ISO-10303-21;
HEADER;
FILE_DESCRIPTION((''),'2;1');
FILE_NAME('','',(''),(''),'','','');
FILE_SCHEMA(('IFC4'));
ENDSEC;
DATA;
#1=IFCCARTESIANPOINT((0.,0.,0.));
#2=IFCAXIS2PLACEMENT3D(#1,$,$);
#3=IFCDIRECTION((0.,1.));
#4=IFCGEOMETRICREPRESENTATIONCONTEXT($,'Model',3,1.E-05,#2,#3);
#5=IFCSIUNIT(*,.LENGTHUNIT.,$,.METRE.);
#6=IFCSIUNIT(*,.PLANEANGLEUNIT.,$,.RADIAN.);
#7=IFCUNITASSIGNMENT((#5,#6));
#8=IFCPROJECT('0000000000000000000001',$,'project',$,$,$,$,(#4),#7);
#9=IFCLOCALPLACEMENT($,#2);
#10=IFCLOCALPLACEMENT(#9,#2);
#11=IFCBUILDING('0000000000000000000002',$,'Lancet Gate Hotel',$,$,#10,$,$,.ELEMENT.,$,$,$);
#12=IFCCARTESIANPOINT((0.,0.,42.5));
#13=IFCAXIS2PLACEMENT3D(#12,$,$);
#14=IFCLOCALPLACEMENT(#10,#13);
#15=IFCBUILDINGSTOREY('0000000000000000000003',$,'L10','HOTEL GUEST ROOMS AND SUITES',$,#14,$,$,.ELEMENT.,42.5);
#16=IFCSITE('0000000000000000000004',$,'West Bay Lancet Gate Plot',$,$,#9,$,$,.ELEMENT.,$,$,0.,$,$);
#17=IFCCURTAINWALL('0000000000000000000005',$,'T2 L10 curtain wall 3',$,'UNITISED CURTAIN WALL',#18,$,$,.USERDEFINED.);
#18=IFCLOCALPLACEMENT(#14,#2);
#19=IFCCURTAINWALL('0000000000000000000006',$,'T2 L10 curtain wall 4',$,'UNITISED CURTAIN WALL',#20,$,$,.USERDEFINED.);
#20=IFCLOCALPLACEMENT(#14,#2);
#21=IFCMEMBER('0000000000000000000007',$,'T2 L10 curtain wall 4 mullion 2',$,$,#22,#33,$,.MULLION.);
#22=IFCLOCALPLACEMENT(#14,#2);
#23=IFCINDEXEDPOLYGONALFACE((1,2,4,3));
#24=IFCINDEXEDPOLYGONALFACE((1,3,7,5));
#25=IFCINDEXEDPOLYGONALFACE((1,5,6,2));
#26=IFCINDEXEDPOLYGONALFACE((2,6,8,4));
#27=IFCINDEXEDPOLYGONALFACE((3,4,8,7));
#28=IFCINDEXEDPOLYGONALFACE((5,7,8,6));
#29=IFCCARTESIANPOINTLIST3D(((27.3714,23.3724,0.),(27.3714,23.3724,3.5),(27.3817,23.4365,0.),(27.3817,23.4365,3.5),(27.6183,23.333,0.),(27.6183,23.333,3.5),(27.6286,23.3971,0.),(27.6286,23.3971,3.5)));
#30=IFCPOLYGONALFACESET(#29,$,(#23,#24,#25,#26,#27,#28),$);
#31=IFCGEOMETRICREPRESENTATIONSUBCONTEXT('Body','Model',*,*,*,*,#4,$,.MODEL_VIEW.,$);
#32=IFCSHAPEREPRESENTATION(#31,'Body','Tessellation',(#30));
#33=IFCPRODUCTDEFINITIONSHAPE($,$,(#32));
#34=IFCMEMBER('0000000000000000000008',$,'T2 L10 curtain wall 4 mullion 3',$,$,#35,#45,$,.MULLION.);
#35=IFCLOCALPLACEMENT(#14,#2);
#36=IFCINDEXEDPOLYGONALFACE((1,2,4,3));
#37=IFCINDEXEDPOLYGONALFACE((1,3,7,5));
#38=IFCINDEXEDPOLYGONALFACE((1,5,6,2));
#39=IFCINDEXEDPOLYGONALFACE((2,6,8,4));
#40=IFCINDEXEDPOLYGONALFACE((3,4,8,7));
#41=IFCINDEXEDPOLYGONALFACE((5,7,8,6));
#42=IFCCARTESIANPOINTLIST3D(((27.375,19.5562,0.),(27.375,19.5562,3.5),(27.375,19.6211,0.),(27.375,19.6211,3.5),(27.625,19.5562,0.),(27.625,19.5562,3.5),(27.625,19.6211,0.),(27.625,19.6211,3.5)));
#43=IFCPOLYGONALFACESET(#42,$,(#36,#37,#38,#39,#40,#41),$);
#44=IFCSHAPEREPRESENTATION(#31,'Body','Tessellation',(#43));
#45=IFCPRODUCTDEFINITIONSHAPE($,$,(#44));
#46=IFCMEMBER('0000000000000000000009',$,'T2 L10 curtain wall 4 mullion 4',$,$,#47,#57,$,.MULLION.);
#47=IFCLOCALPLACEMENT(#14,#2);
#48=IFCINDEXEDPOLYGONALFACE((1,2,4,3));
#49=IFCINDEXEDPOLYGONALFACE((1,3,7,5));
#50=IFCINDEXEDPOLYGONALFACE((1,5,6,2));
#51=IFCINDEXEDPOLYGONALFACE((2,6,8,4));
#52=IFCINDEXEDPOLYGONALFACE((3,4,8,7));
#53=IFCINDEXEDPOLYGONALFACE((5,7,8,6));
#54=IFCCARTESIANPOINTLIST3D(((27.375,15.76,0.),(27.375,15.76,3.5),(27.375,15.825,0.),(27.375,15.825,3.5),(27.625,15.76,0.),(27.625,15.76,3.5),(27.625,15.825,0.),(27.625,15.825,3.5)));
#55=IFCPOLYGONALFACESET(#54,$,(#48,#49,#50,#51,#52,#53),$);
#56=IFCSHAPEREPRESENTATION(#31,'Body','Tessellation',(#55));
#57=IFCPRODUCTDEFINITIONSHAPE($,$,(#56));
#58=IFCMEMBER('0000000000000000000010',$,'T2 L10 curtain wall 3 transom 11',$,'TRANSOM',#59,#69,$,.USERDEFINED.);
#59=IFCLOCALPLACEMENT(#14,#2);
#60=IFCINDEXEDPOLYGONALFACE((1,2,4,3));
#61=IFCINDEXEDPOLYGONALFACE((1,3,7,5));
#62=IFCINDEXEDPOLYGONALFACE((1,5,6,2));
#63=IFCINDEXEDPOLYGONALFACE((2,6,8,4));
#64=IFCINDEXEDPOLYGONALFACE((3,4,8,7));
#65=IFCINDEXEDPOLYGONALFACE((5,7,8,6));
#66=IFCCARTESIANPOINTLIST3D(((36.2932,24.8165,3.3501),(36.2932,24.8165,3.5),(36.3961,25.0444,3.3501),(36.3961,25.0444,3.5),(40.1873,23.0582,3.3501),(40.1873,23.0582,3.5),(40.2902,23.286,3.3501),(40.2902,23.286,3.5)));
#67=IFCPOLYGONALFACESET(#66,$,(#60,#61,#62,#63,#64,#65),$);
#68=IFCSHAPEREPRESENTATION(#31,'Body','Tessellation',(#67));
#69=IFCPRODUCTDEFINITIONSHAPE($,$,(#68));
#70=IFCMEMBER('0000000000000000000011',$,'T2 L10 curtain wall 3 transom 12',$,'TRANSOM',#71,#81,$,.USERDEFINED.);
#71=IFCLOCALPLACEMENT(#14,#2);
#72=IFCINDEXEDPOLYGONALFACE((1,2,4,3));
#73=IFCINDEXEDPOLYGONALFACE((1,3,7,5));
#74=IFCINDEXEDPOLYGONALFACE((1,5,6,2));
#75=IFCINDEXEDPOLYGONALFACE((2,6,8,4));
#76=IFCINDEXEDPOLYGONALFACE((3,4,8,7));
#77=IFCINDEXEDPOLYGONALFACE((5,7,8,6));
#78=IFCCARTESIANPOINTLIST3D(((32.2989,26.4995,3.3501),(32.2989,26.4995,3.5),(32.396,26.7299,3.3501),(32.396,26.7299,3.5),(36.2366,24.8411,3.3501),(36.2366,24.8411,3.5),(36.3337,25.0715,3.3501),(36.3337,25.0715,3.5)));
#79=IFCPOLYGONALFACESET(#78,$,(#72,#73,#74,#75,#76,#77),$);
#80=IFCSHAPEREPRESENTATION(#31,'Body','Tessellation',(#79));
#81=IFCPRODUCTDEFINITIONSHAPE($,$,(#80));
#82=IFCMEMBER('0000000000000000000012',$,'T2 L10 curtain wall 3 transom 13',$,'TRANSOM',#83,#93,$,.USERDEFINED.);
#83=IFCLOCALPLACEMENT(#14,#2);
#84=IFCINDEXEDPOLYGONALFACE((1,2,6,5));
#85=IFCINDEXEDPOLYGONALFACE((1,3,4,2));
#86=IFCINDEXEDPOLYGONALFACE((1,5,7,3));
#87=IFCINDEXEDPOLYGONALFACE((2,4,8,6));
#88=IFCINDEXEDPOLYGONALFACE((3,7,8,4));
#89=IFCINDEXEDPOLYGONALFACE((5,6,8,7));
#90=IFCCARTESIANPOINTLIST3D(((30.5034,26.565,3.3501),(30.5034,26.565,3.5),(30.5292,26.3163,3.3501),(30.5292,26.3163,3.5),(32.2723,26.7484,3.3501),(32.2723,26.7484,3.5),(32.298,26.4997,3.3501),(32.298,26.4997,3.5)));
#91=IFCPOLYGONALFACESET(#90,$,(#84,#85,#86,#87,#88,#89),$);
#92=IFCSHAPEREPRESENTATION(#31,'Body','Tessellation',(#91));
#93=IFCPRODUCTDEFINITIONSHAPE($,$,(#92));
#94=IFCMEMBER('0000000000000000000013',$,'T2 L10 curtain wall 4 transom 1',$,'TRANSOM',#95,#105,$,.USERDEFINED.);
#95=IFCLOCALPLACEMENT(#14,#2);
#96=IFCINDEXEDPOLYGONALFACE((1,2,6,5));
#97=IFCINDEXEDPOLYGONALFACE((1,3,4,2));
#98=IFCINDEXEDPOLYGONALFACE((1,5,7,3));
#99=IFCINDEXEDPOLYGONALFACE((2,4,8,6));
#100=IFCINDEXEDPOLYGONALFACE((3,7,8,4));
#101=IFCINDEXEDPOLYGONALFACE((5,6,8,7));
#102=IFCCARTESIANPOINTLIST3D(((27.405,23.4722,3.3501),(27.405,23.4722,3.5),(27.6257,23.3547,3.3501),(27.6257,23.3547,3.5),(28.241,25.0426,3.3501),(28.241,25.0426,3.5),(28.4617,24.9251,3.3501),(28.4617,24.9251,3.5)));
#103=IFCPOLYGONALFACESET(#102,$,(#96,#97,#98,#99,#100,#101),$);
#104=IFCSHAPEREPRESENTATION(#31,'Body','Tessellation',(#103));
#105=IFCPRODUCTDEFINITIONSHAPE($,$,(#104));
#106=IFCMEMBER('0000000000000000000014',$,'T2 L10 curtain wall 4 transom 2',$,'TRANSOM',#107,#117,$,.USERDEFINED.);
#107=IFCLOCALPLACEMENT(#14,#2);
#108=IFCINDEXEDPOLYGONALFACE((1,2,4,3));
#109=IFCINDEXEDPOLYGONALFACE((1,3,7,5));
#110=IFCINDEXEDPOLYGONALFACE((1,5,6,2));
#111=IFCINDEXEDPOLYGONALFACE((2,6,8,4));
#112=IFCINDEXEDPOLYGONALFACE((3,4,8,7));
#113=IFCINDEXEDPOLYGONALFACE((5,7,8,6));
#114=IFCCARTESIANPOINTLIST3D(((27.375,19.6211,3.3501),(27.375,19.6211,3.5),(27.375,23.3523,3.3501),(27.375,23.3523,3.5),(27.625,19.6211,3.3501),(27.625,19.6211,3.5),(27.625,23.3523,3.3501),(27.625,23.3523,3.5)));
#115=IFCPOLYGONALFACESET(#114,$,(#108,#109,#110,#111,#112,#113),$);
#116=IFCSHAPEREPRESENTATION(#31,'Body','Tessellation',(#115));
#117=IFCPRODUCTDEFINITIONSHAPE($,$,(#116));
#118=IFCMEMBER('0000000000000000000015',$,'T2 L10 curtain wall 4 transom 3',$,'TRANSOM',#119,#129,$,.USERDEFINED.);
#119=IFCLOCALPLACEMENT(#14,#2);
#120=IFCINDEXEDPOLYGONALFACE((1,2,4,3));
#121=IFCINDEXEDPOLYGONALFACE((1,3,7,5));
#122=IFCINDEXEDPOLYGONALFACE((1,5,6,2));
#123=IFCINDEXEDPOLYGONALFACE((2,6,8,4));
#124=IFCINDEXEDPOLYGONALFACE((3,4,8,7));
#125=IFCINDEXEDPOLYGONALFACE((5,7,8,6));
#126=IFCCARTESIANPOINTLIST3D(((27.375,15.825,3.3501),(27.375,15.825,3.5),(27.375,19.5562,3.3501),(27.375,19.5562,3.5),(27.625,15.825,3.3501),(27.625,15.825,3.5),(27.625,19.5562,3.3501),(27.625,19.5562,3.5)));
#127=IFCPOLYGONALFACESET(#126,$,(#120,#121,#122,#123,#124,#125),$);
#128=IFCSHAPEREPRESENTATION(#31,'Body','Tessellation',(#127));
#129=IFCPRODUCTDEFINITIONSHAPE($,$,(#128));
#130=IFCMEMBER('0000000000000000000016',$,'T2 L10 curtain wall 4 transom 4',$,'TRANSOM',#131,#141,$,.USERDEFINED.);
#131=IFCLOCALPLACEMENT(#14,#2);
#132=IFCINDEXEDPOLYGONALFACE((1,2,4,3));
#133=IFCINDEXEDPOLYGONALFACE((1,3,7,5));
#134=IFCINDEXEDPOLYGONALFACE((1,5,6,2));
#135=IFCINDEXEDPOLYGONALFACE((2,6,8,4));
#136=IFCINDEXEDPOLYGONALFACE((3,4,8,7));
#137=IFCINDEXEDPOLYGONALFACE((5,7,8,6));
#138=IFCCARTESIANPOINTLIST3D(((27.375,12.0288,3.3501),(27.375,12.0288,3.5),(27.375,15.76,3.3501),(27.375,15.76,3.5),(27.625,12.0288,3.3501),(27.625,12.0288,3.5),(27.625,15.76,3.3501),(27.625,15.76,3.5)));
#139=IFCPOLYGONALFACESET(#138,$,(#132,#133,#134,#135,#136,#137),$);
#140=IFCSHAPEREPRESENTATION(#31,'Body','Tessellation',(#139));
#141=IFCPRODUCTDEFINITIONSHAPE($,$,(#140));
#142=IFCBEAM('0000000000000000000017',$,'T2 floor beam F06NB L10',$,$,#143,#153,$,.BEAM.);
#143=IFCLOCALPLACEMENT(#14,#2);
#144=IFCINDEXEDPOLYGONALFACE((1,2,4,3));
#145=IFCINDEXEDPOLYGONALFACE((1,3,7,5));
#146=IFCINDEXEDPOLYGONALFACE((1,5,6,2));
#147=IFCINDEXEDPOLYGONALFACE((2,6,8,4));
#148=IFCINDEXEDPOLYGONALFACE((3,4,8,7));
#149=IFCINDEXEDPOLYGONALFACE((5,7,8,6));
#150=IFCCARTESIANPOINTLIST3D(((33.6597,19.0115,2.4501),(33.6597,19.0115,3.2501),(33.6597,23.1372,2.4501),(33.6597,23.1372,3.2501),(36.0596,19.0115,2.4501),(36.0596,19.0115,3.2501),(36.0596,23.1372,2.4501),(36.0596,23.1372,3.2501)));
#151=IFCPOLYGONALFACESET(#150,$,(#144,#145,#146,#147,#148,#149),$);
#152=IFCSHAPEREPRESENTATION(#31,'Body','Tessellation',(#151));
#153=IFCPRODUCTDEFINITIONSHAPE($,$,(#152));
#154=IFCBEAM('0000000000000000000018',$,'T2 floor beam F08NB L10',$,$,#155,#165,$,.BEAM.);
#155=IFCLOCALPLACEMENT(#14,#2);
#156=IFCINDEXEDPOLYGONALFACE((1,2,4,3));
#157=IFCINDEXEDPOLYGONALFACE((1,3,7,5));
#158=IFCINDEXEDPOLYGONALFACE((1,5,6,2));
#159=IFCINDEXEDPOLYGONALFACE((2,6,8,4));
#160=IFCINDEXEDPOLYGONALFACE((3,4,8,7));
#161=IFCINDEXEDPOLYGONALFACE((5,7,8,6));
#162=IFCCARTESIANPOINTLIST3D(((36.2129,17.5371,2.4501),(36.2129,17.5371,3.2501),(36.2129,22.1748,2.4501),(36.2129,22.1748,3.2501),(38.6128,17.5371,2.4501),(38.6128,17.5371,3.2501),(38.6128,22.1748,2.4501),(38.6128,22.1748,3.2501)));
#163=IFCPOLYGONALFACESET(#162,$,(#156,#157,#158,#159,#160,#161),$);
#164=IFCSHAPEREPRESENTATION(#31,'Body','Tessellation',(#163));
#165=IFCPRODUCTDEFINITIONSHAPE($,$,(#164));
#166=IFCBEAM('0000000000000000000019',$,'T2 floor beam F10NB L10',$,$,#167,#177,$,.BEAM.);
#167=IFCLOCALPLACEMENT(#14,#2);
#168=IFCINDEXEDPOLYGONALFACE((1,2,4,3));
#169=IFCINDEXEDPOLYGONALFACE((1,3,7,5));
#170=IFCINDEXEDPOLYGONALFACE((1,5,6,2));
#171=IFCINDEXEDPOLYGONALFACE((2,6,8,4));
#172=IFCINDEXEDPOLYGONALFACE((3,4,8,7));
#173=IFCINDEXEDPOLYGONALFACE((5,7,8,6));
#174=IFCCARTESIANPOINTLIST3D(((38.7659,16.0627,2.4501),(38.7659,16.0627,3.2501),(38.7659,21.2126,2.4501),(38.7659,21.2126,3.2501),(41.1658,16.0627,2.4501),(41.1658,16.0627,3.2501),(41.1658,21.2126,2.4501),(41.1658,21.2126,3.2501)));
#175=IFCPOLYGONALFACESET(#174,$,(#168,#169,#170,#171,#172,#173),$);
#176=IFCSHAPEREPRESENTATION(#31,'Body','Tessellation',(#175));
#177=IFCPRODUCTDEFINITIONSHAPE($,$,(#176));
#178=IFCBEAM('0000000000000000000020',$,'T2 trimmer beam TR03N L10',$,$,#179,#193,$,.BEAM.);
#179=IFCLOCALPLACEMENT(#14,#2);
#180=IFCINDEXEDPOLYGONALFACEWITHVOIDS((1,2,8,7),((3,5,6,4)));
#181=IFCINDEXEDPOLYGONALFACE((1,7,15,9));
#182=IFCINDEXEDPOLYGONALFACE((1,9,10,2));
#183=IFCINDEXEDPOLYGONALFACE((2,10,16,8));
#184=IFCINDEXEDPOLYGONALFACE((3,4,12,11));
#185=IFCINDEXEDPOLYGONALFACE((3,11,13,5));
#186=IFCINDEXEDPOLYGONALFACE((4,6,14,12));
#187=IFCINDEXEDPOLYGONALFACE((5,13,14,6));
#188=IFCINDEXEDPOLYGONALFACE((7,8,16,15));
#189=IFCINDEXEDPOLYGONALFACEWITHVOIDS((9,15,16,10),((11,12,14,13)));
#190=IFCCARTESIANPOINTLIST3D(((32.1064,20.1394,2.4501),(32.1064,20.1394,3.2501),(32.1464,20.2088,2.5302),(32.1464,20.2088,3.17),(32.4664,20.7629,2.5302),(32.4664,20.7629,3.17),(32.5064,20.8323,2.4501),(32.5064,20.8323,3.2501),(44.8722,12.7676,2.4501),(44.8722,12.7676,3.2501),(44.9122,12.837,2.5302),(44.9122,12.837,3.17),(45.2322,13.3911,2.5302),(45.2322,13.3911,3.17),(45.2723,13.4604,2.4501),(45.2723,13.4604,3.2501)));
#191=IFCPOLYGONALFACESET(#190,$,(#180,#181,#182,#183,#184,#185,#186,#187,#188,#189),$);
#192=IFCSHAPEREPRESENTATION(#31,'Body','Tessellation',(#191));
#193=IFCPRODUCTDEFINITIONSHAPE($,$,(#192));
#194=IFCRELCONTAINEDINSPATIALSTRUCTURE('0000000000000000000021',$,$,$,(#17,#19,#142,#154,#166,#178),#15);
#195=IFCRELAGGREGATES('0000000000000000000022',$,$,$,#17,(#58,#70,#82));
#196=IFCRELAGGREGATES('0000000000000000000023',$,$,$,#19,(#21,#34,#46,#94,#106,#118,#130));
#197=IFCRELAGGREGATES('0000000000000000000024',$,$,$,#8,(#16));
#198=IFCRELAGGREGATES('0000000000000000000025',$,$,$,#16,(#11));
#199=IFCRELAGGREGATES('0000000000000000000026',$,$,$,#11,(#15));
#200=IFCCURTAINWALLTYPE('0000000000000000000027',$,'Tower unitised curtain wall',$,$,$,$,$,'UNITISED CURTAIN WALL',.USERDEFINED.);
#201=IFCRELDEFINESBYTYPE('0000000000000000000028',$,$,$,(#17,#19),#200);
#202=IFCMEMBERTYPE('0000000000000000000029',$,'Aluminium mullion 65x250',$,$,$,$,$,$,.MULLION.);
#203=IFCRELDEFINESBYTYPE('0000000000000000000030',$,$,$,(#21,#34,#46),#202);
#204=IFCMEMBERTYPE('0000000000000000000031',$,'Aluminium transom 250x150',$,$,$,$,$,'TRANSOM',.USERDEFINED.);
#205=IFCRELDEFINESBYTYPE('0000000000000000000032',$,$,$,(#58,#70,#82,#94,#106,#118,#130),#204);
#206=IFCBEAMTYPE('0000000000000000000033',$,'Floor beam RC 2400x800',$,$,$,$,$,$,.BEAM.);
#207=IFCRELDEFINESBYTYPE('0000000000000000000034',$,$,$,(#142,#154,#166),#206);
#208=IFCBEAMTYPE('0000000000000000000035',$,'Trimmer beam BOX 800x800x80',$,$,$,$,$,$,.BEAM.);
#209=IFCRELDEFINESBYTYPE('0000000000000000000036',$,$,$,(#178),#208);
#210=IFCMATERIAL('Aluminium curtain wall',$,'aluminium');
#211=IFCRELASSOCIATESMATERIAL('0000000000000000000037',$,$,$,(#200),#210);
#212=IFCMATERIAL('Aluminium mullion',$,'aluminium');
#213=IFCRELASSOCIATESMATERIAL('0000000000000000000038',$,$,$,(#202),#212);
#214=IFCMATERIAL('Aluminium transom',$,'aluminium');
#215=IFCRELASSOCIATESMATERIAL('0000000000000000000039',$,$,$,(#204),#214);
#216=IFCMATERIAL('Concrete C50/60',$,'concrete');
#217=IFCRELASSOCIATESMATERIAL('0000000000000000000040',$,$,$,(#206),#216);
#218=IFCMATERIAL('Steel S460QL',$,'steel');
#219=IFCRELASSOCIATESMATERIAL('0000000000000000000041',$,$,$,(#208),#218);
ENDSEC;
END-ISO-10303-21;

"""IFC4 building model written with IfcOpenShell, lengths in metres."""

from ifc_helpers import new_model, si_unit, direction, frame, origin, origin_2d, place, context, subcontext, project, spatial, rectangle, hollow_rectangle, extrude, material, material_profile, profile_set, type_object, element, aggregate, save


model = new_model("IFC4")

# Units and contexts
model_context = context("Model", 3, precision=1e-05, world=origin(), true_north=direction((0.0, 1.0)))
body_context = subcontext(model_context, "Body", "Model", "MODEL_VIEW")
ifc_project = project(units=[si_unit("LENGTHUNIT", "METRE"), si_unit("PLANEANGLEUNIT", "RADIAN")], contexts=[model_context])

# Site, building, storey
site_placement = place(None, origin())
site = spatial("IfcSite", under=ifc_project, at=site_placement, Name="West Bay Lancet Gate Plot", CompositionType="ELEMENT", RefElevation=0.0)
building_placement = place(site_placement, origin())
building = spatial("IfcBuilding", under=site, at=building_placement, Name="Lancet Gate Hotel", CompositionType="ELEMENT")
storey_placement = place(building_placement, frame((0.0, 0.0, 42.5)))
storey = spatial("IfcBuildingStorey", under=building, at=storey_placement, Name="L10", Description="HOTEL GUEST ROOMS AND SUITES", CompositionType="ELEMENT", Elevation=42.5)

# Curtain walls, members
ifc_material_1 = material(Name="Aluminium curtain wall", Category="aluminium")
curtain_wall_type = type_object("IfcCurtainWallType", Name="Tower unitised curtain wall", ElementType="UNITISED CURTAIN WALL", PredefinedType="USERDEFINED", material=ifc_material_1)
curtain_wall_1_placement = place(storey_placement, origin())
curtain_wall_1 = element("IfcCurtainWall", 1, at=curtain_wall_1_placement, inside=storey, type_object=curtain_wall_type, Name="T2 L10 curtain wall 3", ObjectType="UNITISED CURTAIN WALL", PredefinedType="USERDEFINED")
ifc_material_2 = material(Name="Aluminium mullion", Category="aluminium")
ifc_material_profile_1 = material_profile(ifc_material_2, rectangle(XDim=0.0649, YDim=0.25, at=origin_2d()), Name="MULLION 65x250")
ifc_profile_set_1 = profile_set([ifc_material_profile_1], Name="Aluminium mullion")
member_type_1 = type_object("IfcMemberType", Name="Aluminium mullion 65x250", PredefinedType="MULLION", material=ifc_profile_set_1)
curtain_wall_2_placement = place(storey_placement, origin())
curtain_wall_2 = element("IfcCurtainWall", 2, at=curtain_wall_2_placement, inside=storey, type_object=curtain_wall_type, Name="T2 L10 curtain wall 4", ObjectType="UNITISED CURTAIN WALL", PredefinedType="USERDEFINED")
member_1_placement = place(storey_placement, frame((27.5, 23.3848, 0.0), z_axis=(0.0, 0.0, 1.0), x_axis=(-0.157752, -0.987479, 0.0)))
member_1 = element("IfcMember", 3, at=member_1_placement, type_object=member_type_1, Name="T2 L10 curtain wall 4 mullion 2", PredefinedType="MULLION", context=body_context, shape_type="SweptSolid", body=[
    extrude(rectangle(XDim=0.0649, YDim=0.25, at=origin_2d()), origin(), (0.0, 0.0, 1.0), 3.5),
])
member_2_placement = place(storey_placement, frame((27.5, 19.5886, 0.0), z_axis=(0.0, 0.0, 1.0), x_axis=(0.0, -1.0, 0.0)))
member_2 = element("IfcMember", 4, at=member_2_placement, type_object=member_type_1, Name="T2 L10 curtain wall 4 mullion 3", PredefinedType="MULLION", context=body_context, shape_type="SweptSolid", body=[
    extrude(rectangle(XDim=0.0649, YDim=0.25, at=origin_2d()), origin(), (0.0, 0.0, 1.0), 3.5),
])
member_3_placement = place(storey_placement, frame((27.5, 15.7925, 0.0), z_axis=(0.0, 0.0, 1.0), x_axis=(0.0, -1.0, 0.0)))
member_3 = element("IfcMember", 5, at=member_3_placement, type_object=member_type_1, Name="T2 L10 curtain wall 4 mullion 4", PredefinedType="MULLION", context=body_context, shape_type="SweptSolid", body=[
    extrude(rectangle(XDim=0.0649, YDim=0.25, at=origin_2d()), origin(), (0.0, 0.0, 1.0), 3.5),
])

# Members
ifc_material_3 = material(Name="Aluminium transom", Category="aluminium")
ifc_material_profile_2 = material_profile(ifc_material_3, rectangle(XDim=0.25, YDim=0.1499, at=origin_2d()), Name="TRANSOM 250x150")
ifc_profile_set_2 = profile_set([ifc_material_profile_2], Name="Aluminium transom")
member_type_2 = type_object("IfcMemberType", Name="Aluminium transom 250x150", ElementType="TRANSOM", PredefinedType="USERDEFINED", material=ifc_profile_set_2)
member_4_placement = place(storey_placement, frame((40.2388, 23.1721, 3.425), z_axis=(-0.911397, 0.411529, 0.0), x_axis=(-0.411529, -0.911397, 0.0)))
member_4 = element("IfcMember", 6, at=member_4_placement, type_object=member_type_2, Name="T2 L10 curtain wall 3 transom 11", ObjectType="TRANSOM", PredefinedType="USERDEFINED", context=body_context, shape_type="SweptSolid", body=[
    extrude(rectangle(XDim=0.25, YDim=0.1499, at=origin_2d()), origin(), (0.0, 0.0, 1.0), 4.2727),
])
member_5_placement = place(storey_placement, frame((36.2852, 24.9563, 3.425), z_axis=(-0.921598, 0.388146, 0.0), x_axis=(-0.388146, -0.921598, 0.0)))
member_5 = element("IfcMember", 7, at=member_5_placement, type_object=member_type_2, Name="T2 L10 curtain wall 3 transom 12", ObjectType="TRANSOM", PredefinedType="USERDEFINED", context=body_context, shape_type="SweptSolid", body=[
    extrude(rectangle(XDim=0.25, YDim=0.1499, at=origin_2d()), origin(), (0.0, 0.0, 1.0), 4.2727),
])
member_6_placement = place(storey_placement, frame((32.2852, 26.624, 3.425), z_axis=(-0.99467, -0.103105, 0.0), x_axis=(0.103105, -0.99467, 0.0)))
member_6 = element("IfcMember", 8, at=member_6_placement, type_object=member_type_2, Name="T2 L10 curtain wall 3 transom 13", ObjectType="TRANSOM", PredefinedType="USERDEFINED", context=body_context, shape_type="SweptSolid", body=[
    extrude(rectangle(XDim=0.25, YDim=0.1499, at=origin_2d()), origin(), (0.0, 0.0, 1.0), 1.7783),
])
member_7_placement = place(storey_placement, frame((28.3513, 24.9839, 3.425), z_axis=(-0.469904, -0.882717, 0.0), x_axis=(0.882717, -0.469904, 0.0)))
member_7 = element("IfcMember", 9, at=member_7_placement, type_object=member_type_2, Name="T2 L10 curtain wall 4 transom 1", ObjectType="TRANSOM", PredefinedType="USERDEFINED", context=body_context, shape_type="SweptSolid", body=[
    extrude(rectangle(XDim=0.25, YDim=0.1499, at=origin_2d()), origin(), (0.0, 0.0, 1.0), 1.7791),
])
member_8_placement = place(storey_placement, frame((27.5, 23.3523, 3.425), z_axis=(0.0, -1.0, 0.0), x_axis=(1.0, 0.0, 0.0)))
member_8 = element("IfcMember", 10, at=member_8_placement, type_object=member_type_2, Name="T2 L10 curtain wall 4 transom 2", ObjectType="TRANSOM", PredefinedType="USERDEFINED", context=body_context, shape_type="SweptSolid", body=[
    extrude(rectangle(XDim=0.25, YDim=0.1499, at=origin_2d()), origin(), (0.0, 0.0, 1.0), 3.7312),
])
member_9_placement = place(storey_placement, frame((27.5, 19.5562, 3.425), z_axis=(0.0, -1.0, 0.0), x_axis=(1.0, 0.0, 0.0)))
member_9 = element("IfcMember", 11, at=member_9_placement, type_object=member_type_2, Name="T2 L10 curtain wall 4 transom 3", ObjectType="TRANSOM", PredefinedType="USERDEFINED", context=body_context, shape_type="SweptSolid", body=[
    extrude(rectangle(XDim=0.25, YDim=0.1499, at=origin_2d()), origin(), (0.0, 0.0, 1.0), 3.7312),
])
member_10_placement = place(storey_placement, frame((27.5, 15.76, 3.425), z_axis=(0.0, -1.0, 0.0), x_axis=(1.0, 0.0, 0.0)))
member_10 = element("IfcMember", 12, at=member_10_placement, type_object=member_type_2, Name="T2 L10 curtain wall 4 transom 4", ObjectType="TRANSOM", PredefinedType="USERDEFINED", context=body_context, shape_type="SweptSolid", body=[
    extrude(rectangle(XDim=0.25, YDim=0.1499, at=origin_2d()), origin(), (0.0, 0.0, 1.0), 3.7312),
])

# Beams
ifc_material_4 = material(Name="Concrete C50/60", Category="concrete")
ifc_material_profile_3 = material_profile(ifc_material_4, rectangle(XDim=2.3999, YDim=0.8, at=origin_2d()), Name="RC 2400x800")
ifc_profile_set_3 = profile_set([ifc_material_profile_3], Name="Concrete C50/60")
beam_type_1 = type_object("IfcBeamType", Name="Floor beam RC 2400x800", PredefinedType="BEAM", material=ifc_profile_set_3)
beam_1_placement = place(storey_placement, frame((34.8596, 19.0115, 2.8501), z_axis=(0.0, 1.0, 0.0), x_axis=(-1.0, 0.0, 0.0)))
element("IfcBeam", 13, at=beam_1_placement, inside=storey, type_object=beam_type_1, Name="T2 floor beam F06NB L10", PredefinedType="BEAM", context=body_context, shape_type="SweptSolid", body=[
    extrude(rectangle(XDim=2.3999, YDim=0.8, at=origin_2d()), origin(), (0.0, 0.0, 1.0), 4.1257),
])
beam_2_placement = place(storey_placement, frame((37.4128, 17.5371, 2.8501), z_axis=(0.0, 1.0, 0.0), x_axis=(-1.0, 0.0, 0.0)))
element("IfcBeam", 14, at=beam_2_placement, inside=storey, type_object=beam_type_1, Name="T2 floor beam F08NB L10", PredefinedType="BEAM", context=body_context, shape_type="SweptSolid", body=[
    extrude(rectangle(XDim=2.3999, YDim=0.8, at=origin_2d()), origin(), (0.0, 0.0, 1.0), 4.6377),
])
beam_3_placement = place(storey_placement, frame((39.9658, 16.0627, 2.8501), z_axis=(0.0, 1.0, 0.0), x_axis=(-1.0, 0.0, 0.0)))
element("IfcBeam", 15, at=beam_3_placement, inside=storey, type_object=beam_type_1, Name="T2 floor beam F10NB L10", PredefinedType="BEAM", context=body_context, shape_type="SweptSolid", body=[
    extrude(rectangle(XDim=2.3999, YDim=0.8, at=origin_2d()), origin(), (0.0, 0.0, 1.0), 5.1499),
])
ifc_material_5 = material(Name="Steel S460QL", Category="steel")
ifc_material_profile_4 = material_profile(ifc_material_5, hollow_rectangle(XDim=0.8, YDim=0.8, WallThickness=0.0801, at=origin_2d()), Name="BOX 800x800x80")
ifc_profile_set_4 = profile_set([ifc_material_profile_4], Name="Steel S460QL")
beam_type_2 = type_object("IfcBeamType", Name="Trimmer beam BOX 800x800x80", PredefinedType="BEAM", material=ifc_profile_set_4)
beam_4_placement = place(storey_placement, frame((32.3064, 20.4858, 2.8501), z_axis=(0.865983, -0.500074, 0.0), x_axis=(0.500074, 0.865983, 0.0)))
element("IfcBeam", 16, at=beam_4_placement, inside=storey, type_object=beam_type_2, Name="T2 trimmer beam TR03N L10", PredefinedType="BEAM", context=body_context, shape_type="SweptSolid", body=[
    extrude(hollow_rectangle(XDim=0.8, YDim=0.8, WallThickness=0.0801, at=origin_2d()), origin(), (0.0, 0.0, 1.0), 14.7415),
])

aggregate(curtain_wall_1, [member_4, member_5, member_6])
aggregate(curtain_wall_2, [member_1, member_2, member_3, member_7, member_8, member_9, member_10])

save(model, "model.ifc")
